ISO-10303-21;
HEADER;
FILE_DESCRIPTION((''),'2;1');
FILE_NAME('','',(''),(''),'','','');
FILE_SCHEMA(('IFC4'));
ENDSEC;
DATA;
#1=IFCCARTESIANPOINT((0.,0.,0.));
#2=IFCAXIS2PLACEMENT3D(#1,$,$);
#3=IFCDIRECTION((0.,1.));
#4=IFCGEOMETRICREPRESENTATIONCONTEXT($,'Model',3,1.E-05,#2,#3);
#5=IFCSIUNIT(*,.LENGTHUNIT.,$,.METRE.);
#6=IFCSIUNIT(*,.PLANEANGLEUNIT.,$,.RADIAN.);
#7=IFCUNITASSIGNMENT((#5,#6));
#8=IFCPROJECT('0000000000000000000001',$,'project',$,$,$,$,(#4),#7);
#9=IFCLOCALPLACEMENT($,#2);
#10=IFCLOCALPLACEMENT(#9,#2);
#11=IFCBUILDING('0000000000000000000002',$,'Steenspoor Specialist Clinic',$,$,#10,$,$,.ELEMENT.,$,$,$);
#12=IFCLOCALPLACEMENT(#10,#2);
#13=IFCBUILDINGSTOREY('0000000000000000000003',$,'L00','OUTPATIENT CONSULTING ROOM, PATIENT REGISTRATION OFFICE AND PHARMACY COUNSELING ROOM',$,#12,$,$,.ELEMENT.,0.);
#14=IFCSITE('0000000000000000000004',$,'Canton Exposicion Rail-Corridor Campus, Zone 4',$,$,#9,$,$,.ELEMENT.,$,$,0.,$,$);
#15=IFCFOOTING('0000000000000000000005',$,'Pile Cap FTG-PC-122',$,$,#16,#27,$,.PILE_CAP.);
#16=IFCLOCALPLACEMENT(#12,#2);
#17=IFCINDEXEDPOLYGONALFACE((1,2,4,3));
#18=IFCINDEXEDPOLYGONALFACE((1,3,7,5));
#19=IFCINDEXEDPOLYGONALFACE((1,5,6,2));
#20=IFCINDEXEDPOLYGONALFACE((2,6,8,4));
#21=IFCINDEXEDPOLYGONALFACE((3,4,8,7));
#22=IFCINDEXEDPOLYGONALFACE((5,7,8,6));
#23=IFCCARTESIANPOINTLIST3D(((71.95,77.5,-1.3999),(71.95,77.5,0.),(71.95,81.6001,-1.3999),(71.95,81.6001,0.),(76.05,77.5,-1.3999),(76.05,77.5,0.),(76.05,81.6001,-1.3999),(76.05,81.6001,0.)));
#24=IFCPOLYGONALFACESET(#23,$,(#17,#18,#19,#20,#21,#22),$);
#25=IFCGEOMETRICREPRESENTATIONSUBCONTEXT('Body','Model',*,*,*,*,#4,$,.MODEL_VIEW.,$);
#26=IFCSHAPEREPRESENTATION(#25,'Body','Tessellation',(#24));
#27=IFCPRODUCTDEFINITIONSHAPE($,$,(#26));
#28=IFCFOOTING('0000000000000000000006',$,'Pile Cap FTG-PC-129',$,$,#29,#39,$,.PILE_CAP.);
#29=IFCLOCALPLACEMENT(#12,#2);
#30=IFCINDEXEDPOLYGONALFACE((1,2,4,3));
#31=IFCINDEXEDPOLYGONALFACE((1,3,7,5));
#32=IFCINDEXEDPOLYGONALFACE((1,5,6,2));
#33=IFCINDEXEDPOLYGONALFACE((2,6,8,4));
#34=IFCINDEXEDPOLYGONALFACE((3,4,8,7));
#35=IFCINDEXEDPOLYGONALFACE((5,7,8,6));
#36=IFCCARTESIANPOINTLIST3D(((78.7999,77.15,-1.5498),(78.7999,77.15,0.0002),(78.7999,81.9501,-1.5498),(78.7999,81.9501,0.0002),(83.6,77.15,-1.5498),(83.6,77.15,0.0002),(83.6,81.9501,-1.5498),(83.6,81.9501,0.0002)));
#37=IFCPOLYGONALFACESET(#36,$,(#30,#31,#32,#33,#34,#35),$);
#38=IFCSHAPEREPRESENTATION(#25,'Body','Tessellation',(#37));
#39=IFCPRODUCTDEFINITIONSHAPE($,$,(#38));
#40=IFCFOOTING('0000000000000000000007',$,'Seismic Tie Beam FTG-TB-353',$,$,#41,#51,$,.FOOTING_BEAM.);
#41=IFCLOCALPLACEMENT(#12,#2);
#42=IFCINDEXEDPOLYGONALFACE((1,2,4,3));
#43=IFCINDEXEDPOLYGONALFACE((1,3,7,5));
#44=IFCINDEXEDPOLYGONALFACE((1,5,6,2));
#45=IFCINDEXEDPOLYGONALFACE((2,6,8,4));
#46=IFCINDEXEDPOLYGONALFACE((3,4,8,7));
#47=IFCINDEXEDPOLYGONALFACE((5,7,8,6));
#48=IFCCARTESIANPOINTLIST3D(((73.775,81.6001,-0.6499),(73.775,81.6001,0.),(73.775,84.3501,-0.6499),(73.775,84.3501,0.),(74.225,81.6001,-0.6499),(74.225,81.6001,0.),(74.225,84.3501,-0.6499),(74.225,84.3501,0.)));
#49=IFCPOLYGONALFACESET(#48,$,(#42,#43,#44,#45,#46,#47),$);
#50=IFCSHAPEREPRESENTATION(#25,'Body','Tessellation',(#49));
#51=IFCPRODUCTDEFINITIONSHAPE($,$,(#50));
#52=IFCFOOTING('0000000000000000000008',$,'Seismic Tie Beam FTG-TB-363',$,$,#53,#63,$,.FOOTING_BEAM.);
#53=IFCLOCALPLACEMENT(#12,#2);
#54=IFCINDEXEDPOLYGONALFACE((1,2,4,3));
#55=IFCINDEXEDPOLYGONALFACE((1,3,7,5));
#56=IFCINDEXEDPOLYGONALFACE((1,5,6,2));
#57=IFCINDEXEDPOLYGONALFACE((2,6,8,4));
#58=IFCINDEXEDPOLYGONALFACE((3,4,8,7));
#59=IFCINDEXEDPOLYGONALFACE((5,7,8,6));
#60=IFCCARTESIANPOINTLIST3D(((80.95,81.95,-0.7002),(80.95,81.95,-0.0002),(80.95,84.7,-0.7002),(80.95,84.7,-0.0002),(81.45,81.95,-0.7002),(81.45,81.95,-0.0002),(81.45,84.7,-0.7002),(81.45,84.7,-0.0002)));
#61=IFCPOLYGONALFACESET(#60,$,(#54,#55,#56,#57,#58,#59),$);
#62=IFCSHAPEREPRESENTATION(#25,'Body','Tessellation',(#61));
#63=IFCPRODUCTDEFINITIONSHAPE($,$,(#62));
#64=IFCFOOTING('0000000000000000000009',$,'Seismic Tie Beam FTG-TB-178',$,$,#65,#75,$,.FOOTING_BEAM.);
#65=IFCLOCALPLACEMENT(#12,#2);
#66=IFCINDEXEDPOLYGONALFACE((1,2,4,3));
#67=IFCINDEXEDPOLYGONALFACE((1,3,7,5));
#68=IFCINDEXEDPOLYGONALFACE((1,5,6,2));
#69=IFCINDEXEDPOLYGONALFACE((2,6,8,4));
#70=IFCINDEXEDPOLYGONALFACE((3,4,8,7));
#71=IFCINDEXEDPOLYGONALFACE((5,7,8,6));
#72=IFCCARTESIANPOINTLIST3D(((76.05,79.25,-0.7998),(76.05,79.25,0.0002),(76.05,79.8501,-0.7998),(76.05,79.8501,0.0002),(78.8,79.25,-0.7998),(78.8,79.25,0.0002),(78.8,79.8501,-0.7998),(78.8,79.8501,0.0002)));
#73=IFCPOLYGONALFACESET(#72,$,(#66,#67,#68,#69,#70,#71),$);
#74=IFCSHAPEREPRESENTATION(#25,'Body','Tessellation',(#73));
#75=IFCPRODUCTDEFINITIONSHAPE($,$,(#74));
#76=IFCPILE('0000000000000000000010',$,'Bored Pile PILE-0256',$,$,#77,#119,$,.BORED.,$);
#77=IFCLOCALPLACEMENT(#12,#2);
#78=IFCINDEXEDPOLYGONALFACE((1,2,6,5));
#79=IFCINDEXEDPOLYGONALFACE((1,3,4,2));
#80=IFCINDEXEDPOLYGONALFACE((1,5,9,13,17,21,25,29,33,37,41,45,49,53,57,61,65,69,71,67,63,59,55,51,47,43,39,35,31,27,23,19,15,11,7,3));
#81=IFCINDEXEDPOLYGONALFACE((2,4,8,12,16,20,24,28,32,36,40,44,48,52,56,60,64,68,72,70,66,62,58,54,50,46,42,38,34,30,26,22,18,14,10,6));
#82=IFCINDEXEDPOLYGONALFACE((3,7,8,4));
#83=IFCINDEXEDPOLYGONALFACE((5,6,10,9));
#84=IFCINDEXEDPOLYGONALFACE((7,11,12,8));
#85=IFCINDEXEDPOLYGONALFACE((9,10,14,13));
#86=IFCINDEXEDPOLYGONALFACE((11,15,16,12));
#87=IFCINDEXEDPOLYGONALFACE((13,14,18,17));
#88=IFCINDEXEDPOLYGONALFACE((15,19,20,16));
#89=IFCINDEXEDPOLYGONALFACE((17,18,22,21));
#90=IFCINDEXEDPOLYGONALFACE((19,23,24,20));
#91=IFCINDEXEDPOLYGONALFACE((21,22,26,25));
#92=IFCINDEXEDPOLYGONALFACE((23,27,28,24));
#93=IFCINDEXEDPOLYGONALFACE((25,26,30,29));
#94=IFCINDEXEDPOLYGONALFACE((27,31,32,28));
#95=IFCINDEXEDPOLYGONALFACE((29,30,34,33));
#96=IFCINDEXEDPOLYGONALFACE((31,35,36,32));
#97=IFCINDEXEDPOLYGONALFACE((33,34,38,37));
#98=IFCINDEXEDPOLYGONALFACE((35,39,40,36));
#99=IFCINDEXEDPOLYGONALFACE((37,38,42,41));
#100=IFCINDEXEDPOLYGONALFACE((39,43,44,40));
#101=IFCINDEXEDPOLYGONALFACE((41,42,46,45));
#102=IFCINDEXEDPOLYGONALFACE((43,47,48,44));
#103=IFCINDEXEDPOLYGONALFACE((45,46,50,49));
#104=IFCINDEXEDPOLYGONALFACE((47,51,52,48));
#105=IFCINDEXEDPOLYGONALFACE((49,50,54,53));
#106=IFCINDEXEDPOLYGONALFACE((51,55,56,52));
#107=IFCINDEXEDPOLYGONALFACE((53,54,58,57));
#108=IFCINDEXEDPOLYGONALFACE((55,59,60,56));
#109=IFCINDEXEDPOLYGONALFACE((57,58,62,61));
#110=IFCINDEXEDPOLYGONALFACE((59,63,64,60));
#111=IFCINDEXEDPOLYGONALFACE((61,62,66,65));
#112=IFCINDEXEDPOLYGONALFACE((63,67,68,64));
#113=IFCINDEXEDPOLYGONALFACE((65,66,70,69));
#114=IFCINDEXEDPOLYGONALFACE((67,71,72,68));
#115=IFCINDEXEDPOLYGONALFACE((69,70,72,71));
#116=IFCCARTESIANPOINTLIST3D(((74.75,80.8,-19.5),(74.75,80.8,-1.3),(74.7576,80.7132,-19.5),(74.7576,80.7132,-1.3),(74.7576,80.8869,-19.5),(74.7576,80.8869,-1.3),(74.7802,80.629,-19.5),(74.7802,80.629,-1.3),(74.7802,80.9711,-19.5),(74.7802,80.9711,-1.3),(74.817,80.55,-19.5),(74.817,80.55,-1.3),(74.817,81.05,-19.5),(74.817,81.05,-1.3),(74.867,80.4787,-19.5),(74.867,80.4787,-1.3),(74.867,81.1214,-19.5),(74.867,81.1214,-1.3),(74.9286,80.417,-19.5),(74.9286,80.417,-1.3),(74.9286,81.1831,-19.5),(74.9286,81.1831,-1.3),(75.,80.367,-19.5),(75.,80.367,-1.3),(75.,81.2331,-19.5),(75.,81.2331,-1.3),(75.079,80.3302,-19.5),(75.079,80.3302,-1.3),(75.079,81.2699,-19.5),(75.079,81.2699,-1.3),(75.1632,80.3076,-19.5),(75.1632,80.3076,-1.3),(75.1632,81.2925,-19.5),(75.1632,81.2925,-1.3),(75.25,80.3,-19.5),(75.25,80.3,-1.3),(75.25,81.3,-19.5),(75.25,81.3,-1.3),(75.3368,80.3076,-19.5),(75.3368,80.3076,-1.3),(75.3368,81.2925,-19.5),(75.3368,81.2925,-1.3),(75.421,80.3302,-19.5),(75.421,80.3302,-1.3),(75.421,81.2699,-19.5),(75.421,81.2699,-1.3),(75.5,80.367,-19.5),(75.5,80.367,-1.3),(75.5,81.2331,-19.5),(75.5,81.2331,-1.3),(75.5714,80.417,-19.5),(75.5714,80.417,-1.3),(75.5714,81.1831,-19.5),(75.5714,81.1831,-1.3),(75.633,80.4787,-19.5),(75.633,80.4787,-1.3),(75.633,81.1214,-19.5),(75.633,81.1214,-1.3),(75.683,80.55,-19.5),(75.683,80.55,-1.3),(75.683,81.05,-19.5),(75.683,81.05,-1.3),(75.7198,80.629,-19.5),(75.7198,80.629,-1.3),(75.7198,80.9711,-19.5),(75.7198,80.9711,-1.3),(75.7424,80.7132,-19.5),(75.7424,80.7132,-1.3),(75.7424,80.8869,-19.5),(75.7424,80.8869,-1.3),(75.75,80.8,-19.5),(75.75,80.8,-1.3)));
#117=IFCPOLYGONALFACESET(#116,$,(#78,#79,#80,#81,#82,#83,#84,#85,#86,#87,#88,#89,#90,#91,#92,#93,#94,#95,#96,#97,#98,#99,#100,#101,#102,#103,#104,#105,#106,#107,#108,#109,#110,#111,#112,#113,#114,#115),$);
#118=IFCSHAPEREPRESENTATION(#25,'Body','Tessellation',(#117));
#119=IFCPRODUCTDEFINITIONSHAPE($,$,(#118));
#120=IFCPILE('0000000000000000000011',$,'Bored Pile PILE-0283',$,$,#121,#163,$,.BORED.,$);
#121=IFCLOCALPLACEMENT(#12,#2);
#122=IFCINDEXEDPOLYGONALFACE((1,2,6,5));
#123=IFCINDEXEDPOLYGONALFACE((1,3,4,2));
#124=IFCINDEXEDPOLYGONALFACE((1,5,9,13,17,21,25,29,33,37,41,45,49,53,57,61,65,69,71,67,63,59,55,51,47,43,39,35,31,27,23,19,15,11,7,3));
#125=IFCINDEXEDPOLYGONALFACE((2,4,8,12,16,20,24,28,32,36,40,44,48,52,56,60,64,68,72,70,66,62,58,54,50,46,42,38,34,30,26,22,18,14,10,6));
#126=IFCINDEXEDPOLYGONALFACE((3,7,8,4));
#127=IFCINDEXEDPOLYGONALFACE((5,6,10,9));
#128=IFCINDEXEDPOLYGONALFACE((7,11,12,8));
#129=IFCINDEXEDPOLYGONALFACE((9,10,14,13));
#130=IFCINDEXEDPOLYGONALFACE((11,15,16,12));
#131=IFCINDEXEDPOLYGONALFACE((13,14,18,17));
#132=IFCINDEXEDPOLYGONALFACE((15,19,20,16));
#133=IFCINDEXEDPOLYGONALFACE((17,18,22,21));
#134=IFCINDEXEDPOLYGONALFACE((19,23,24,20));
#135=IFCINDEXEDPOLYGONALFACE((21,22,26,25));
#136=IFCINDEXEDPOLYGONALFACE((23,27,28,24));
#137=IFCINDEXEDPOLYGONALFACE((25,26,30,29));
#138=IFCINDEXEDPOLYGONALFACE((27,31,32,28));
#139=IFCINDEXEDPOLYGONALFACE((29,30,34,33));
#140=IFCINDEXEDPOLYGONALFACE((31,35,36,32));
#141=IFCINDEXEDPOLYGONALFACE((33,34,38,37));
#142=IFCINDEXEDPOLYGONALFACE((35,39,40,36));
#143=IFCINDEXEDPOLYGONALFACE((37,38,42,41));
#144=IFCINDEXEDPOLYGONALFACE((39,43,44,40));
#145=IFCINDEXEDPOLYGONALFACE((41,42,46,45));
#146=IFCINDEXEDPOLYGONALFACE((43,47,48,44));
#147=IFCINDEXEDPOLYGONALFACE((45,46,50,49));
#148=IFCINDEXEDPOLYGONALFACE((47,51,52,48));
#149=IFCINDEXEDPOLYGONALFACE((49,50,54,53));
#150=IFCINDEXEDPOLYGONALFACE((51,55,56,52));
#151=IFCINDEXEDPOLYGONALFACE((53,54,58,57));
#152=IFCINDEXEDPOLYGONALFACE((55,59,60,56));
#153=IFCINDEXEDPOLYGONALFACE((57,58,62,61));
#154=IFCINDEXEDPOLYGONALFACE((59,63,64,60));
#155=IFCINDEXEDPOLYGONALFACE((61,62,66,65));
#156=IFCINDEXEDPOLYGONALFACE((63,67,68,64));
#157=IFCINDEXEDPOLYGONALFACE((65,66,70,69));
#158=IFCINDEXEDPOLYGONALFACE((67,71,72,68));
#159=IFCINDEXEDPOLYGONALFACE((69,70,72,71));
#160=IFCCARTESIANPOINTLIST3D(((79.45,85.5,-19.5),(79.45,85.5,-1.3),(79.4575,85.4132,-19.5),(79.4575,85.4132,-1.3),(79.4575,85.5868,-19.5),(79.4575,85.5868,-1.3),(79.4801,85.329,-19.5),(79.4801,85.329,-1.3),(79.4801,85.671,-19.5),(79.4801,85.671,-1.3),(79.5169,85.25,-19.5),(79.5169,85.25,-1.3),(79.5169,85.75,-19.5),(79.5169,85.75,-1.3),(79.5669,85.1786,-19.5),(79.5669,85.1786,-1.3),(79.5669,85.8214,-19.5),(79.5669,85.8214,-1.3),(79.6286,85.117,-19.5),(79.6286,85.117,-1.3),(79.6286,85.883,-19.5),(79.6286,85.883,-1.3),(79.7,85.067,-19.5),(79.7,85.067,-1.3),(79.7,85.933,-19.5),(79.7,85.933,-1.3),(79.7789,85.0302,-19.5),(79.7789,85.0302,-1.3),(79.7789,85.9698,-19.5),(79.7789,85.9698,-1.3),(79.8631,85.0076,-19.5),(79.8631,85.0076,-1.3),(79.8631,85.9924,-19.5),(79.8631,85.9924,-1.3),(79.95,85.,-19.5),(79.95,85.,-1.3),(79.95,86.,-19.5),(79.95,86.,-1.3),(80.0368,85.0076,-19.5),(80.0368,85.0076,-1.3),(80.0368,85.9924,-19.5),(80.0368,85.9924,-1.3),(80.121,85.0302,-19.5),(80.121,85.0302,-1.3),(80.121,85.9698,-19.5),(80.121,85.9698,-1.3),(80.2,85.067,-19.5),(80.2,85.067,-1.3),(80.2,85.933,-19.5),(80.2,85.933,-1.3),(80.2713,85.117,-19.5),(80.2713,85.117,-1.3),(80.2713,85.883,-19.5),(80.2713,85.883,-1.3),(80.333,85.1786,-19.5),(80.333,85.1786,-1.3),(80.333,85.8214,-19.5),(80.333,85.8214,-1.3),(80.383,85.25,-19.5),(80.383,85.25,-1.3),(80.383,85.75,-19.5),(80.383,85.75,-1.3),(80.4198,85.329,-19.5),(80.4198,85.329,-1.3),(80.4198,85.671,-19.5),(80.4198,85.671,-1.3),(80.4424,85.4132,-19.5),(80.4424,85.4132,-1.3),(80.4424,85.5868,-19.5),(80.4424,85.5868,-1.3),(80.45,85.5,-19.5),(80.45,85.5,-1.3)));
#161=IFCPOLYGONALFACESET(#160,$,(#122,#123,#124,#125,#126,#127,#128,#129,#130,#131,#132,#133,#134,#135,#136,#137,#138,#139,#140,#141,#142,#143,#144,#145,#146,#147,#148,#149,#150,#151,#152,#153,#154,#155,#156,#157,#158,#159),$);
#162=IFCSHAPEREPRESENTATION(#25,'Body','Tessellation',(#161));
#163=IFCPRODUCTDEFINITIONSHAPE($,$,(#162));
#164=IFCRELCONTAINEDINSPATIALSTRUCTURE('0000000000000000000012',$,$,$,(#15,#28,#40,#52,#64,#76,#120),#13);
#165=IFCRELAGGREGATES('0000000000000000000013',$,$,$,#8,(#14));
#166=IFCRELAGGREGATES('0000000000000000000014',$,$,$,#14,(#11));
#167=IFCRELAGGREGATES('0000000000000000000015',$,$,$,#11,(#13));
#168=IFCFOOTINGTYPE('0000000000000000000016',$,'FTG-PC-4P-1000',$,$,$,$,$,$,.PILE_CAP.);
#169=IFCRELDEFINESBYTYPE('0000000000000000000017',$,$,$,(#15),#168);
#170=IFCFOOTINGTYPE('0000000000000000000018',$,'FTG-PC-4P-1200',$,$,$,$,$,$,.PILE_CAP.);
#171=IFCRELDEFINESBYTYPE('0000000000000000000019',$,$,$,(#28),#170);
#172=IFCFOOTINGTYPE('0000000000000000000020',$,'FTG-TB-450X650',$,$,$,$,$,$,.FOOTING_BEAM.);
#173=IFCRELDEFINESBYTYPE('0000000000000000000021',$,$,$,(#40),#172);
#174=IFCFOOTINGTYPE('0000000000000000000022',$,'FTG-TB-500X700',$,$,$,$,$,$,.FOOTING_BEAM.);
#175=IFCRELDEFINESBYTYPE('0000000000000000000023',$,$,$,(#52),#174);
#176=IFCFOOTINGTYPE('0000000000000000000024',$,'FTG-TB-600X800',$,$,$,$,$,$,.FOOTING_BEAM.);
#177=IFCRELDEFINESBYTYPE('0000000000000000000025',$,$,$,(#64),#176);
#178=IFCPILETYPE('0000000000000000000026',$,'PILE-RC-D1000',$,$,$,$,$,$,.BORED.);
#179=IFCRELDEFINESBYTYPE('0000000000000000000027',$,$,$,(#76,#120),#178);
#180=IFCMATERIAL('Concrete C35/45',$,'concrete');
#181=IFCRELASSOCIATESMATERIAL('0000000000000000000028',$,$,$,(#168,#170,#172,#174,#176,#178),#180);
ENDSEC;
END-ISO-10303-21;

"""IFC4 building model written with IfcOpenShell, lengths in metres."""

from ifc_helpers import new_model, si_unit, direction, frame, origin, origin_2d, place, context, subcontext, project, spatial, rectangle, circle, extrude, material, material_profile, profile_set, type_object, element, save


model = new_model("IFC4")

# Units and contexts
model_context = context("Model", 3, precision=1e-05, world=origin(), true_north=direction((0.0, 1.0)))
body_context = subcontext(model_context, "Body", "Model", "MODEL_VIEW")
ifc_project = project(units=[si_unit("LENGTHUNIT", "METRE"), si_unit("PLANEANGLEUNIT", "RADIAN")], contexts=[model_context])

# Site, building, storey
site_placement = place(None, origin())
site = spatial("IfcSite", under=ifc_project, at=site_placement, Name="Canton Exposicion Rail-Corridor Campus, Zone 4", CompositionType="ELEMENT", RefElevation=0.0)
building_placement = place(site_placement, origin())
building = spatial("IfcBuilding", under=site, at=building_placement, Name="Steenspoor Specialist Clinic", CompositionType="ELEMENT")
storey_placement = place(building_placement, origin())
storey = spatial("IfcBuildingStorey", under=building, at=storey_placement, Name="L00", Description="OUTPATIENT CONSULTING ROOM, PATIENT REGISTRATION OFFICE AND PHARMACY COUNSELING ROOM", CompositionType="ELEMENT", Elevation=0.0)

# Footings
ifc_material_1 = material(Name="Concrete C35/45", Category="concrete")
footing_type_1 = type_object("IfcFootingType", Name="FTG-PC-4P-1000", PredefinedType="PILE_CAP", material=ifc_material_1)
footing_1_placement = place(storey_placement, frame((74.0, 79.55, -1.3999), z_axis=(0.0, 0.0, 1.0), x_axis=(1.0, 0.0, 0.0)))
element("IfcFooting", 1, at=footing_1_placement, inside=storey, type_object=footing_type_1, Name="Pile Cap FTG-PC-122", PredefinedType="PILE_CAP", context=body_context, shape_type="SweptSolid", body=[
    extrude(rectangle(XDim=4.1001, YDim=4.1001, at=origin_2d()), origin(), (0.0, 0.0, 1.0), 1.3999),
])
footing_type_2 = type_object("IfcFootingType", Name="FTG-PC-4P-1200", PredefinedType="PILE_CAP", material=ifc_material_1)
footing_2_placement = place(storey_placement, frame((81.2, 79.55, -1.5498), z_axis=(0.0, 0.0, 1.0), x_axis=(1.0, 0.0, 0.0)))
element("IfcFooting", 2, at=footing_2_placement, inside=storey, type_object=footing_type_2, Name="Pile Cap FTG-PC-129", PredefinedType="PILE_CAP", context=body_context, shape_type="SweptSolid", body=[
    extrude(rectangle(XDim=4.8, YDim=4.8, at=origin_2d()), origin(), (0.0, 0.0, 1.0), 1.55),
])
footing_type_3 = type_object("IfcFootingType", Name="FTG-TB-450X650", PredefinedType="FOOTING_BEAM", material=ifc_material_1)
footing_3_placement = place(storey_placement, frame((74.0, 82.9751, -0.6499), z_axis=(0.0, 0.0, 1.0), x_axis=(1.0, 0.0, 0.0)))
element("IfcFooting", 3, at=footing_3_placement, inside=storey, type_object=footing_type_3, Name="Seismic Tie Beam FTG-TB-353", PredefinedType="FOOTING_BEAM", context=body_context, shape_type="SweptSolid", body=[
    extrude(rectangle(XDim=0.45, YDim=2.75, at=origin_2d()), origin(), (0.0, 0.0, 1.0), 0.6499),
])
footing_type_4 = type_object("IfcFootingType", Name="FTG-TB-500X700", PredefinedType="FOOTING_BEAM", material=ifc_material_1)
footing_4_placement = place(storey_placement, frame((81.2, 83.325, -0.7002), z_axis=(0.0, 0.0, 1.0), x_axis=(1.0, 0.0, 0.0)))
element("IfcFooting", 4, at=footing_4_placement, inside=storey, type_object=footing_type_4, Name="Seismic Tie Beam FTG-TB-363", PredefinedType="FOOTING_BEAM", context=body_context, shape_type="SweptSolid", body=[
    extrude(rectangle(XDim=0.5, YDim=2.75, at=origin_2d()), origin(), (0.0, 0.0, 1.0), 0.7),
])
footing_type_5 = type_object("IfcFootingType", Name="FTG-TB-600X800", PredefinedType="FOOTING_BEAM", material=ifc_material_1)
footing_5_placement = place(storey_placement, frame((77.425, 79.55, -0.7998), z_axis=(0.0, 0.0, 1.0), x_axis=(1.0, 0.0, 0.0)))
element("IfcFooting", 5, at=footing_5_placement, inside=storey, type_object=footing_type_5, Name="Seismic Tie Beam FTG-TB-178", PredefinedType="FOOTING_BEAM", context=body_context, shape_type="SweptSolid", body=[
    extrude(rectangle(XDim=2.75, YDim=0.6001, at=origin_2d()), origin(), (0.0, 0.0, 1.0), 0.8),
])

# Piles
ifc_material_profile_1 = material_profile(ifc_material_1, circle(Radius=0.5, at=origin_2d()), Name="PILE-D1000")
ifc_profile_set_1 = profile_set([ifc_material_profile_1], Name="Concrete C35/45")
pile_type_1 = type_object("IfcPileType", Name="PILE-RC-D1000", PredefinedType="BORED", material=ifc_profile_set_1)
for number, where, z_axis, x_axis, name in (
    (6, (75.25, 80.8, -1.3), (0.0, 0.0, -1.0), (1.0, 0.0, 0.0), "Bored Pile PILE-0256"),
    (7, (79.95, 85.5, -1.3), (0.0, 0.0, -1.0), (1.0, 0.0, 0.0), "Bored Pile PILE-0283"),
):
    element("IfcPile", number, at=place(storey_placement, frame(where, z_axis=z_axis, x_axis=x_axis)), inside=storey, type_object=pile_type_1, Name=name, PredefinedType="BORED", context=body_context, shape_type="SweptSolid", body=[
        extrude(circle(Radius=0.5, at=origin_2d()), origin(), (0.0, 0.0, 1.0), 18.2),
    ])

save(model, "model.ifc")
